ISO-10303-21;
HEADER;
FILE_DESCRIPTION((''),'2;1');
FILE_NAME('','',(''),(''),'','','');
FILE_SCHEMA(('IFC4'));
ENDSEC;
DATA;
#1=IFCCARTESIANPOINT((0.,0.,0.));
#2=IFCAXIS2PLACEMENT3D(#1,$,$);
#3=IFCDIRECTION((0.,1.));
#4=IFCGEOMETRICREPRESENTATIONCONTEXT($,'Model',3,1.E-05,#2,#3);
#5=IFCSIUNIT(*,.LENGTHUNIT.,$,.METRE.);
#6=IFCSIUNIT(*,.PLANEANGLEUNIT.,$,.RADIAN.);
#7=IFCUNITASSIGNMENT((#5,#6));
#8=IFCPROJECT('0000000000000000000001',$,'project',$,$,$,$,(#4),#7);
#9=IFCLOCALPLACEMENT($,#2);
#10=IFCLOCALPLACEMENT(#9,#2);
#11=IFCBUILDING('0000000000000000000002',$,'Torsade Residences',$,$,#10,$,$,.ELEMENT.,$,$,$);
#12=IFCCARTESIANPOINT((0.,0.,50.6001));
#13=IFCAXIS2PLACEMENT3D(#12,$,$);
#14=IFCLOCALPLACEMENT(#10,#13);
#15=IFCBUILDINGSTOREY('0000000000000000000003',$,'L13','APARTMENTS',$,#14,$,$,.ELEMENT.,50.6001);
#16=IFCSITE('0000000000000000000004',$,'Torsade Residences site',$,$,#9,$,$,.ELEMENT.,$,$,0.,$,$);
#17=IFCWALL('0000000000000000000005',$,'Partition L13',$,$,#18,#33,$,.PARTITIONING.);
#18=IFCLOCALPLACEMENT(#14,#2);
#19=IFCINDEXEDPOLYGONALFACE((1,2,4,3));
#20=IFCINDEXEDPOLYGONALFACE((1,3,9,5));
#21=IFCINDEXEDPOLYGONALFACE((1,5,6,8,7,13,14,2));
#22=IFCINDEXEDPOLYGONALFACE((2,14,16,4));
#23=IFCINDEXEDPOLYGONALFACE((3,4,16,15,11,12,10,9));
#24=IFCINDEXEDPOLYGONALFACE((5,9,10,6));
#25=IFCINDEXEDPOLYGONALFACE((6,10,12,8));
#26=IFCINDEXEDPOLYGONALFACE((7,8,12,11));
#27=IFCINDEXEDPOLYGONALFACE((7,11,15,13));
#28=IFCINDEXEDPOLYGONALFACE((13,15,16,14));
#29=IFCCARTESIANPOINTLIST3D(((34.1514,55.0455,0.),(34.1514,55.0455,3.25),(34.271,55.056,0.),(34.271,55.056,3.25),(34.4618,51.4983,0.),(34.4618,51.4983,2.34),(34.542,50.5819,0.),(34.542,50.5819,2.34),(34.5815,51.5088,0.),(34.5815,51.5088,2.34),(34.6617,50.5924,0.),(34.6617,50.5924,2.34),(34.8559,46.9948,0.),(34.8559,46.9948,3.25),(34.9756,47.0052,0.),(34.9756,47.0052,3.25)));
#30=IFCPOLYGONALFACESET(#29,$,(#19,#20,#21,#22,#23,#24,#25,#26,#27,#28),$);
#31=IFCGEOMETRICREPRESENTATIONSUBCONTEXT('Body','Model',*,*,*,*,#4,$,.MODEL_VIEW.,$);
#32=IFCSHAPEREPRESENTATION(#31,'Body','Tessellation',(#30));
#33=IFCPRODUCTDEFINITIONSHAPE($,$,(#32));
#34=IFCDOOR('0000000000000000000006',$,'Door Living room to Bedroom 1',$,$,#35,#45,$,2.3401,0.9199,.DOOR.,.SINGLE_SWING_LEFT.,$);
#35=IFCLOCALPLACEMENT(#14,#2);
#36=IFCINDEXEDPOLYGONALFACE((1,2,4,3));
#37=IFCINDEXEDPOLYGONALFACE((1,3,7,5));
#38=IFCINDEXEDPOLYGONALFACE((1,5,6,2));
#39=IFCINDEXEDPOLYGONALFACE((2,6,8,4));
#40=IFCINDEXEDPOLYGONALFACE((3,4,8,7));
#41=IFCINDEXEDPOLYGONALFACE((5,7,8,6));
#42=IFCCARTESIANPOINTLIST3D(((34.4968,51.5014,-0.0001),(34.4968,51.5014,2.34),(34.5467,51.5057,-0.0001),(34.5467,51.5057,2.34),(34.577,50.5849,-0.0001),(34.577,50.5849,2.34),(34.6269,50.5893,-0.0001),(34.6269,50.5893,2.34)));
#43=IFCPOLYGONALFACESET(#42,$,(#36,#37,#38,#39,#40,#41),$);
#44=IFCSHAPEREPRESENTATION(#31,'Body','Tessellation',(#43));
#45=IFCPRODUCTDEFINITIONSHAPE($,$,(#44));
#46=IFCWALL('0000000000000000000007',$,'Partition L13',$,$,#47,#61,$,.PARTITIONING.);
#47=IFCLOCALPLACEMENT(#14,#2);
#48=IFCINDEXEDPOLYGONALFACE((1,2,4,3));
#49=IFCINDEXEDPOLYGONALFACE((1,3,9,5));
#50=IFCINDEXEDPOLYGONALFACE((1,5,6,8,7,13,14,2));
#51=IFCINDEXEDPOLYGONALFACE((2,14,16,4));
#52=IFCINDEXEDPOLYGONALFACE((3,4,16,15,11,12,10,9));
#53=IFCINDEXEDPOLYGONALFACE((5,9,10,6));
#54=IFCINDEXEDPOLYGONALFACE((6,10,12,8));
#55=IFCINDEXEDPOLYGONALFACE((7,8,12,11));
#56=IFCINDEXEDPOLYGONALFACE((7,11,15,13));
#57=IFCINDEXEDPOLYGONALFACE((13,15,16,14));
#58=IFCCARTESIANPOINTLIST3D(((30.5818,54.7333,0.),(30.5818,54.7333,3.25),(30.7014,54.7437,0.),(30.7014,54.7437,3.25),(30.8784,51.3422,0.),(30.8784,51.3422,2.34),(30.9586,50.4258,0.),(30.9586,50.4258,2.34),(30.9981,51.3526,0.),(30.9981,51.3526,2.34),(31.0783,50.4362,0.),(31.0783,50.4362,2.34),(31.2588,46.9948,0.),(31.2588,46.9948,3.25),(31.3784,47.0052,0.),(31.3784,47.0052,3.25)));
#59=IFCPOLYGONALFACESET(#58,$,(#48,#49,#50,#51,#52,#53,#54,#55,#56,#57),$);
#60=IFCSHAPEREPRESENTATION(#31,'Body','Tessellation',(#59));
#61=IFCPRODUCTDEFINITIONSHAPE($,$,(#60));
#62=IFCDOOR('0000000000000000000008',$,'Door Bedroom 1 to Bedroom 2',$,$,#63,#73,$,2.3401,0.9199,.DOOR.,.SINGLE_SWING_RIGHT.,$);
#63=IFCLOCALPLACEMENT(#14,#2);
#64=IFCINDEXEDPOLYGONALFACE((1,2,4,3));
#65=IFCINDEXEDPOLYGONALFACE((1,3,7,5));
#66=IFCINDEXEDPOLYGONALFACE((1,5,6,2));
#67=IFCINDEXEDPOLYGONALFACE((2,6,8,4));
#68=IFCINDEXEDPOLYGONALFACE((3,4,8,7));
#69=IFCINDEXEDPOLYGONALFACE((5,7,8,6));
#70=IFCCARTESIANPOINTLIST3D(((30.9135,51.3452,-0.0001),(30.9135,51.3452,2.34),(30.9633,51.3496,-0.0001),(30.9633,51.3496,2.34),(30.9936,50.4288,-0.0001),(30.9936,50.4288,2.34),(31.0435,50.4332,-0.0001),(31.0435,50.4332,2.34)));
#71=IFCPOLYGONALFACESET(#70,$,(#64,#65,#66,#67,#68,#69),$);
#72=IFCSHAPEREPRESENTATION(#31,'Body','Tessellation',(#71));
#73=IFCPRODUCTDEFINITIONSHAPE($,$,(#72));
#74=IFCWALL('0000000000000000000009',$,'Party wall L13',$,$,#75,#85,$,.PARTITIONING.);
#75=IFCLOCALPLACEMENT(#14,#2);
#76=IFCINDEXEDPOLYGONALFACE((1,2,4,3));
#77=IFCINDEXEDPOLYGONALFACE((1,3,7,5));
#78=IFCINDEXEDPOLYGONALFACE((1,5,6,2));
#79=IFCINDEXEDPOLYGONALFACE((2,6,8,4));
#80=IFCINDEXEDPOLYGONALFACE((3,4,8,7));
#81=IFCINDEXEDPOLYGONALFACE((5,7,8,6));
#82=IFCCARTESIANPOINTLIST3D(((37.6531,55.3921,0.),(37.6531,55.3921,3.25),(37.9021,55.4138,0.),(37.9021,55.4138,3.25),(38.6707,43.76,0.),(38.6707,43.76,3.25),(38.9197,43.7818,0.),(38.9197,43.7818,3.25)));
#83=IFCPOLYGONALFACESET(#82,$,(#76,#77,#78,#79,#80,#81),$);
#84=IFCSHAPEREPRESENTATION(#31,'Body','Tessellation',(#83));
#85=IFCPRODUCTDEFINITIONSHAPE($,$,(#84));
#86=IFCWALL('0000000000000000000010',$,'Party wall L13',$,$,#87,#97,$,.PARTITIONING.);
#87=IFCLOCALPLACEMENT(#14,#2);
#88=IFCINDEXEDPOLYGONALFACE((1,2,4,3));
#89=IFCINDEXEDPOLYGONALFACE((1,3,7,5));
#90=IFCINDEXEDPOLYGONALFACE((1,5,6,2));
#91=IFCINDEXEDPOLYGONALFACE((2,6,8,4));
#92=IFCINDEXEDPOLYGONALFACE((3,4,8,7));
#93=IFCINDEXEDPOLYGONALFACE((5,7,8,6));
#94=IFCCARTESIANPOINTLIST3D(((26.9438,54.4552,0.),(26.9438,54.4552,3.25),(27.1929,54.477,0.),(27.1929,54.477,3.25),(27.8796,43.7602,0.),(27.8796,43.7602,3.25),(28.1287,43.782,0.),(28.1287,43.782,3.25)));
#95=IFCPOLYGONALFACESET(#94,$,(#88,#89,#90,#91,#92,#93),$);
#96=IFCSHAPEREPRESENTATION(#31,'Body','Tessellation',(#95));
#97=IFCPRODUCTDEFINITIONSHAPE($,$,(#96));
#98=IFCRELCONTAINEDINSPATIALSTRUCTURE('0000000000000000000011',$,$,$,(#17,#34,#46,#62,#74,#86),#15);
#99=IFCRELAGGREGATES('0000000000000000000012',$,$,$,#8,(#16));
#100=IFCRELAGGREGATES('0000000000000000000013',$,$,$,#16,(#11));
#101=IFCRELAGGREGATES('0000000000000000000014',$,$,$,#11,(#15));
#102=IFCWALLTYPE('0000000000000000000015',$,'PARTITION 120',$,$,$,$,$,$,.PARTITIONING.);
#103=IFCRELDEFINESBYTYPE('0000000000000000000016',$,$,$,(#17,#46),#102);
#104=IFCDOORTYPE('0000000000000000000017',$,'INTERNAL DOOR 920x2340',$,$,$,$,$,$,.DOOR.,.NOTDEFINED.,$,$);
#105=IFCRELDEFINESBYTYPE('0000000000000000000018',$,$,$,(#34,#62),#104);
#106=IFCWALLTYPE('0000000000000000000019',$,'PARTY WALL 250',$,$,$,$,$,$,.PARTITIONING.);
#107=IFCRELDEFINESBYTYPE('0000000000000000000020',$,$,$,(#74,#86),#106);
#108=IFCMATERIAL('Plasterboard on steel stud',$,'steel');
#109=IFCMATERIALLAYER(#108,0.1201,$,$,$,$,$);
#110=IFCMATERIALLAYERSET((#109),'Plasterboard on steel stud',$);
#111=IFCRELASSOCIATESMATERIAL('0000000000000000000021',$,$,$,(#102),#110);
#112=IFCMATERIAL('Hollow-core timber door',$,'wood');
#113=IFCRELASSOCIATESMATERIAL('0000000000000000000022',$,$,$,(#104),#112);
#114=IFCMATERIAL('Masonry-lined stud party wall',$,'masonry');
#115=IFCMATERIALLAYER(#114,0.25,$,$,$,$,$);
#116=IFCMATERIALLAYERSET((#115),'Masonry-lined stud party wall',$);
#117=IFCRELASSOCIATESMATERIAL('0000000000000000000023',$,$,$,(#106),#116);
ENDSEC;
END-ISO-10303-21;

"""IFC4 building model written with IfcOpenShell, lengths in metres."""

from ifc_helpers import new_model, si_unit, direction, frame, frame_2d, origin, place, context, subcontext, project, spatial, rectangle, extrude, material, layer, layer_set, type_object, element, fill, save


model = new_model("IFC4")

# Units and contexts
model_context = context("Model", 3, precision=1e-05, world=origin(), true_north=direction((0.0, 1.0)))
body_context = subcontext(model_context, "Body", "Model", "MODEL_VIEW")
ifc_project = project(units=[si_unit("LENGTHUNIT", "METRE"), si_unit("PLANEANGLEUNIT", "RADIAN")], contexts=[model_context])

# Site, building, storey
site_placement = place(None, origin())
site = spatial("IfcSite", under=ifc_project, at=site_placement, Name="Torsade Residences site", CompositionType="ELEMENT", RefElevation=0.0)
building_placement = place(site_placement, origin())
building = spatial("IfcBuilding", under=site, at=building_placement, Name="Torsade Residences", CompositionType="ELEMENT")
storey_placement = place(building_placement, frame((0.0, 0.0, 50.6001)))
storey = spatial("IfcBuildingStorey", under=building, at=storey_placement, Name="L13", Description="APARTMENTS", CompositionType="ELEMENT", Elevation=50.6001)

# Shared definitions
ifc_material_1 = material(Name="Plasterboard on steel stud", Category="steel")
ifc_layer_1 = layer(ifc_material_1, 0.1201)
ifc_layer_set_1 = layer_set([ifc_layer_1], Name="Plasterboard on steel stud")
wall_type_1 = type_object("IfcWallType", Name="PARTITION 120", PredefinedType="PARTITIONING", material=ifc_layer_set_1)
ifc_material_2 = material(Name="Hollow-core timber door", Category="wood")
door_type_1 = type_object("IfcDoorType", Name="INTERNAL DOOR 920x2340", OperationType="NOTDEFINED", PredefinedType="DOOR", material=ifc_material_2)

# Walls, openings, doors
wall_1_placement = place(storey_placement, frame((34.9158, 47.0, 0.0), z_axis=(0.0, 0.0, 1.0), x_axis=(-0.087185, 0.996192, 0.0)))
wall_1 = element("IfcWall", 1, at=wall_1_placement, inside=storey, type_object=wall_type_1, Name="Partition L13", PredefinedType="PARTITIONING", context=body_context, shape_type="SweptSolid", body=[
    extrude(rectangle(XDim=8.0815, YDim=0.1201, at=frame_2d((4.0408, 0.0))), origin(), (0.0, 0.0, 1.0), 3.25),
])
opening_1_placement = place(wall_1_placement, frame((3.6008, 0.0, 0.0)))
opening_1 = element("IfcOpeningElement", 2, at=opening_1_placement, cuts=wall_1, PredefinedType="OPENING", context=body_context, shape_type="SweptSolid", body=[
    extrude(rectangle(XDim=0.9199, YDim=2.3401, at=frame_2d((0.46, 1.1699))), frame((0.0, 0.0701, 0.0), z_axis=(0.0, -1.0, 0.0), x_axis=(1.0, 0.0, 0.0)), (0.0, 0.0, 1.0), 0.1401),
])
door_1_placement = place(opening_1_placement, origin())
door_1 = element("IfcDoor", 3, at=door_1_placement, inside=storey, type_object=door_type_1, Name="Door Living room to Bedroom 1", OperationType="SINGLE_SWING_LEFT", OverallHeight=2.3401, OverallWidth=0.9199, PredefinedType="DOOR", context=body_context, shape_type="SweptSolid", body=[
    extrude(rectangle(XDim=0.9199, YDim=2.3401, at=frame_2d((0.46, 1.1699))), frame((0.0, 0.0249, 0.0), z_axis=(0.0, -1.0, 0.0), x_axis=(1.0, 0.0, 0.0)), (0.0, 0.0, 1.0), 0.05),
])
fill(opening_1, door_1)
wall_2_placement = place(storey_placement, frame((31.3186, 47.0, 0.0), z_axis=(0.0, 0.0, 1.0), x_axis=(-0.087152, 0.996195, 0.0)))
wall_2 = element("IfcWall", 4, at=wall_2_placement, inside=storey, type_object=wall_type_1, Name="Partition L13", PredefinedType="PARTITIONING", context=body_context, shape_type="SweptSolid", body=[
    extrude(rectangle(XDim=7.7681, YDim=0.1201, at=frame_2d((3.884, 0.0))), origin(), (0.0, 0.0, 1.0), 3.25),
])
opening_2_placement = place(wall_2_placement, frame((3.4441, 0.0, 0.0)))
opening_2 = element("IfcOpeningElement", 5, at=opening_2_placement, cuts=wall_2, PredefinedType="OPENING", context=body_context, shape_type="SweptSolid", body=[
    extrude(rectangle(XDim=0.9199, YDim=2.3401, at=frame_2d((0.46, 1.1699))), frame((0.0, 0.0701, 0.0), z_axis=(0.0, -1.0, 0.0), x_axis=(1.0, 0.0, 0.0)), (0.0, 0.0, 1.0), 0.1401),
])
door_2_placement = place(opening_2_placement, origin())
door_2 = element("IfcDoor", 6, at=door_2_placement, inside=storey, type_object=door_type_1, Name="Door Bedroom 1 to Bedroom 2", OperationType="SINGLE_SWING_RIGHT", OverallHeight=2.3401, OverallWidth=0.9199, PredefinedType="DOOR", context=body_context, shape_type="SweptSolid", body=[
    extrude(rectangle(XDim=0.9199, YDim=2.3401, at=frame_2d((0.46, 1.1699))), frame((0.0, 0.0249, 0.0), z_axis=(0.0, -1.0, 0.0), x_axis=(1.0, 0.0, 0.0)), (0.0, 0.0, 1.0), 0.05),
])
fill(opening_2, door_2)

# Walls
ifc_material_3 = material(Name="Masonry-lined stud party wall", Category="masonry")
ifc_layer_2 = layer(ifc_material_3, 0.25)
ifc_layer_set_2 = layer_set([ifc_layer_2], Name="Masonry-lined stud party wall")
wall_type_2 = type_object("IfcWallType", Name="PARTY WALL 250", PredefinedType="PARTITIONING", material=ifc_layer_set_2)
wall_3_placement = place(storey_placement, frame((37.7776, 55.4031, 0.0), z_axis=(0.0, 0.0, 1.0), x_axis=(0.087147, -0.996195, 0.0)))
element("IfcWall", 7, at=wall_3_placement, inside=storey, type_object=wall_type_2, Name="Party wall L13", PredefinedType="PARTITIONING", context=body_context, shape_type="SweptSolid", body=[
    extrude(rectangle(XDim=11.6765, YDim=0.25, at=frame_2d((5.8384, 0.0))), origin(), (0.0, 0.0, 1.0), 3.25),
])
wall_4_placement = place(storey_placement, frame((27.0684, 54.4661, 0.0), z_axis=(0.0, 0.0, 1.0), x_axis=(0.087164, -0.996194, 0.0)))
element("IfcWall", 8, at=wall_4_placement, inside=storey, type_object=wall_type_2, Name="Party wall L13", PredefinedType="PARTITIONING", context=body_context, shape_type="SweptSolid", body=[
    extrude(rectangle(XDim=10.7358, YDim=0.25, at=frame_2d((5.3679, 0.0))), origin(), (0.0, 0.0, 1.0), 3.25),
])

save(model, "model.ifc")
